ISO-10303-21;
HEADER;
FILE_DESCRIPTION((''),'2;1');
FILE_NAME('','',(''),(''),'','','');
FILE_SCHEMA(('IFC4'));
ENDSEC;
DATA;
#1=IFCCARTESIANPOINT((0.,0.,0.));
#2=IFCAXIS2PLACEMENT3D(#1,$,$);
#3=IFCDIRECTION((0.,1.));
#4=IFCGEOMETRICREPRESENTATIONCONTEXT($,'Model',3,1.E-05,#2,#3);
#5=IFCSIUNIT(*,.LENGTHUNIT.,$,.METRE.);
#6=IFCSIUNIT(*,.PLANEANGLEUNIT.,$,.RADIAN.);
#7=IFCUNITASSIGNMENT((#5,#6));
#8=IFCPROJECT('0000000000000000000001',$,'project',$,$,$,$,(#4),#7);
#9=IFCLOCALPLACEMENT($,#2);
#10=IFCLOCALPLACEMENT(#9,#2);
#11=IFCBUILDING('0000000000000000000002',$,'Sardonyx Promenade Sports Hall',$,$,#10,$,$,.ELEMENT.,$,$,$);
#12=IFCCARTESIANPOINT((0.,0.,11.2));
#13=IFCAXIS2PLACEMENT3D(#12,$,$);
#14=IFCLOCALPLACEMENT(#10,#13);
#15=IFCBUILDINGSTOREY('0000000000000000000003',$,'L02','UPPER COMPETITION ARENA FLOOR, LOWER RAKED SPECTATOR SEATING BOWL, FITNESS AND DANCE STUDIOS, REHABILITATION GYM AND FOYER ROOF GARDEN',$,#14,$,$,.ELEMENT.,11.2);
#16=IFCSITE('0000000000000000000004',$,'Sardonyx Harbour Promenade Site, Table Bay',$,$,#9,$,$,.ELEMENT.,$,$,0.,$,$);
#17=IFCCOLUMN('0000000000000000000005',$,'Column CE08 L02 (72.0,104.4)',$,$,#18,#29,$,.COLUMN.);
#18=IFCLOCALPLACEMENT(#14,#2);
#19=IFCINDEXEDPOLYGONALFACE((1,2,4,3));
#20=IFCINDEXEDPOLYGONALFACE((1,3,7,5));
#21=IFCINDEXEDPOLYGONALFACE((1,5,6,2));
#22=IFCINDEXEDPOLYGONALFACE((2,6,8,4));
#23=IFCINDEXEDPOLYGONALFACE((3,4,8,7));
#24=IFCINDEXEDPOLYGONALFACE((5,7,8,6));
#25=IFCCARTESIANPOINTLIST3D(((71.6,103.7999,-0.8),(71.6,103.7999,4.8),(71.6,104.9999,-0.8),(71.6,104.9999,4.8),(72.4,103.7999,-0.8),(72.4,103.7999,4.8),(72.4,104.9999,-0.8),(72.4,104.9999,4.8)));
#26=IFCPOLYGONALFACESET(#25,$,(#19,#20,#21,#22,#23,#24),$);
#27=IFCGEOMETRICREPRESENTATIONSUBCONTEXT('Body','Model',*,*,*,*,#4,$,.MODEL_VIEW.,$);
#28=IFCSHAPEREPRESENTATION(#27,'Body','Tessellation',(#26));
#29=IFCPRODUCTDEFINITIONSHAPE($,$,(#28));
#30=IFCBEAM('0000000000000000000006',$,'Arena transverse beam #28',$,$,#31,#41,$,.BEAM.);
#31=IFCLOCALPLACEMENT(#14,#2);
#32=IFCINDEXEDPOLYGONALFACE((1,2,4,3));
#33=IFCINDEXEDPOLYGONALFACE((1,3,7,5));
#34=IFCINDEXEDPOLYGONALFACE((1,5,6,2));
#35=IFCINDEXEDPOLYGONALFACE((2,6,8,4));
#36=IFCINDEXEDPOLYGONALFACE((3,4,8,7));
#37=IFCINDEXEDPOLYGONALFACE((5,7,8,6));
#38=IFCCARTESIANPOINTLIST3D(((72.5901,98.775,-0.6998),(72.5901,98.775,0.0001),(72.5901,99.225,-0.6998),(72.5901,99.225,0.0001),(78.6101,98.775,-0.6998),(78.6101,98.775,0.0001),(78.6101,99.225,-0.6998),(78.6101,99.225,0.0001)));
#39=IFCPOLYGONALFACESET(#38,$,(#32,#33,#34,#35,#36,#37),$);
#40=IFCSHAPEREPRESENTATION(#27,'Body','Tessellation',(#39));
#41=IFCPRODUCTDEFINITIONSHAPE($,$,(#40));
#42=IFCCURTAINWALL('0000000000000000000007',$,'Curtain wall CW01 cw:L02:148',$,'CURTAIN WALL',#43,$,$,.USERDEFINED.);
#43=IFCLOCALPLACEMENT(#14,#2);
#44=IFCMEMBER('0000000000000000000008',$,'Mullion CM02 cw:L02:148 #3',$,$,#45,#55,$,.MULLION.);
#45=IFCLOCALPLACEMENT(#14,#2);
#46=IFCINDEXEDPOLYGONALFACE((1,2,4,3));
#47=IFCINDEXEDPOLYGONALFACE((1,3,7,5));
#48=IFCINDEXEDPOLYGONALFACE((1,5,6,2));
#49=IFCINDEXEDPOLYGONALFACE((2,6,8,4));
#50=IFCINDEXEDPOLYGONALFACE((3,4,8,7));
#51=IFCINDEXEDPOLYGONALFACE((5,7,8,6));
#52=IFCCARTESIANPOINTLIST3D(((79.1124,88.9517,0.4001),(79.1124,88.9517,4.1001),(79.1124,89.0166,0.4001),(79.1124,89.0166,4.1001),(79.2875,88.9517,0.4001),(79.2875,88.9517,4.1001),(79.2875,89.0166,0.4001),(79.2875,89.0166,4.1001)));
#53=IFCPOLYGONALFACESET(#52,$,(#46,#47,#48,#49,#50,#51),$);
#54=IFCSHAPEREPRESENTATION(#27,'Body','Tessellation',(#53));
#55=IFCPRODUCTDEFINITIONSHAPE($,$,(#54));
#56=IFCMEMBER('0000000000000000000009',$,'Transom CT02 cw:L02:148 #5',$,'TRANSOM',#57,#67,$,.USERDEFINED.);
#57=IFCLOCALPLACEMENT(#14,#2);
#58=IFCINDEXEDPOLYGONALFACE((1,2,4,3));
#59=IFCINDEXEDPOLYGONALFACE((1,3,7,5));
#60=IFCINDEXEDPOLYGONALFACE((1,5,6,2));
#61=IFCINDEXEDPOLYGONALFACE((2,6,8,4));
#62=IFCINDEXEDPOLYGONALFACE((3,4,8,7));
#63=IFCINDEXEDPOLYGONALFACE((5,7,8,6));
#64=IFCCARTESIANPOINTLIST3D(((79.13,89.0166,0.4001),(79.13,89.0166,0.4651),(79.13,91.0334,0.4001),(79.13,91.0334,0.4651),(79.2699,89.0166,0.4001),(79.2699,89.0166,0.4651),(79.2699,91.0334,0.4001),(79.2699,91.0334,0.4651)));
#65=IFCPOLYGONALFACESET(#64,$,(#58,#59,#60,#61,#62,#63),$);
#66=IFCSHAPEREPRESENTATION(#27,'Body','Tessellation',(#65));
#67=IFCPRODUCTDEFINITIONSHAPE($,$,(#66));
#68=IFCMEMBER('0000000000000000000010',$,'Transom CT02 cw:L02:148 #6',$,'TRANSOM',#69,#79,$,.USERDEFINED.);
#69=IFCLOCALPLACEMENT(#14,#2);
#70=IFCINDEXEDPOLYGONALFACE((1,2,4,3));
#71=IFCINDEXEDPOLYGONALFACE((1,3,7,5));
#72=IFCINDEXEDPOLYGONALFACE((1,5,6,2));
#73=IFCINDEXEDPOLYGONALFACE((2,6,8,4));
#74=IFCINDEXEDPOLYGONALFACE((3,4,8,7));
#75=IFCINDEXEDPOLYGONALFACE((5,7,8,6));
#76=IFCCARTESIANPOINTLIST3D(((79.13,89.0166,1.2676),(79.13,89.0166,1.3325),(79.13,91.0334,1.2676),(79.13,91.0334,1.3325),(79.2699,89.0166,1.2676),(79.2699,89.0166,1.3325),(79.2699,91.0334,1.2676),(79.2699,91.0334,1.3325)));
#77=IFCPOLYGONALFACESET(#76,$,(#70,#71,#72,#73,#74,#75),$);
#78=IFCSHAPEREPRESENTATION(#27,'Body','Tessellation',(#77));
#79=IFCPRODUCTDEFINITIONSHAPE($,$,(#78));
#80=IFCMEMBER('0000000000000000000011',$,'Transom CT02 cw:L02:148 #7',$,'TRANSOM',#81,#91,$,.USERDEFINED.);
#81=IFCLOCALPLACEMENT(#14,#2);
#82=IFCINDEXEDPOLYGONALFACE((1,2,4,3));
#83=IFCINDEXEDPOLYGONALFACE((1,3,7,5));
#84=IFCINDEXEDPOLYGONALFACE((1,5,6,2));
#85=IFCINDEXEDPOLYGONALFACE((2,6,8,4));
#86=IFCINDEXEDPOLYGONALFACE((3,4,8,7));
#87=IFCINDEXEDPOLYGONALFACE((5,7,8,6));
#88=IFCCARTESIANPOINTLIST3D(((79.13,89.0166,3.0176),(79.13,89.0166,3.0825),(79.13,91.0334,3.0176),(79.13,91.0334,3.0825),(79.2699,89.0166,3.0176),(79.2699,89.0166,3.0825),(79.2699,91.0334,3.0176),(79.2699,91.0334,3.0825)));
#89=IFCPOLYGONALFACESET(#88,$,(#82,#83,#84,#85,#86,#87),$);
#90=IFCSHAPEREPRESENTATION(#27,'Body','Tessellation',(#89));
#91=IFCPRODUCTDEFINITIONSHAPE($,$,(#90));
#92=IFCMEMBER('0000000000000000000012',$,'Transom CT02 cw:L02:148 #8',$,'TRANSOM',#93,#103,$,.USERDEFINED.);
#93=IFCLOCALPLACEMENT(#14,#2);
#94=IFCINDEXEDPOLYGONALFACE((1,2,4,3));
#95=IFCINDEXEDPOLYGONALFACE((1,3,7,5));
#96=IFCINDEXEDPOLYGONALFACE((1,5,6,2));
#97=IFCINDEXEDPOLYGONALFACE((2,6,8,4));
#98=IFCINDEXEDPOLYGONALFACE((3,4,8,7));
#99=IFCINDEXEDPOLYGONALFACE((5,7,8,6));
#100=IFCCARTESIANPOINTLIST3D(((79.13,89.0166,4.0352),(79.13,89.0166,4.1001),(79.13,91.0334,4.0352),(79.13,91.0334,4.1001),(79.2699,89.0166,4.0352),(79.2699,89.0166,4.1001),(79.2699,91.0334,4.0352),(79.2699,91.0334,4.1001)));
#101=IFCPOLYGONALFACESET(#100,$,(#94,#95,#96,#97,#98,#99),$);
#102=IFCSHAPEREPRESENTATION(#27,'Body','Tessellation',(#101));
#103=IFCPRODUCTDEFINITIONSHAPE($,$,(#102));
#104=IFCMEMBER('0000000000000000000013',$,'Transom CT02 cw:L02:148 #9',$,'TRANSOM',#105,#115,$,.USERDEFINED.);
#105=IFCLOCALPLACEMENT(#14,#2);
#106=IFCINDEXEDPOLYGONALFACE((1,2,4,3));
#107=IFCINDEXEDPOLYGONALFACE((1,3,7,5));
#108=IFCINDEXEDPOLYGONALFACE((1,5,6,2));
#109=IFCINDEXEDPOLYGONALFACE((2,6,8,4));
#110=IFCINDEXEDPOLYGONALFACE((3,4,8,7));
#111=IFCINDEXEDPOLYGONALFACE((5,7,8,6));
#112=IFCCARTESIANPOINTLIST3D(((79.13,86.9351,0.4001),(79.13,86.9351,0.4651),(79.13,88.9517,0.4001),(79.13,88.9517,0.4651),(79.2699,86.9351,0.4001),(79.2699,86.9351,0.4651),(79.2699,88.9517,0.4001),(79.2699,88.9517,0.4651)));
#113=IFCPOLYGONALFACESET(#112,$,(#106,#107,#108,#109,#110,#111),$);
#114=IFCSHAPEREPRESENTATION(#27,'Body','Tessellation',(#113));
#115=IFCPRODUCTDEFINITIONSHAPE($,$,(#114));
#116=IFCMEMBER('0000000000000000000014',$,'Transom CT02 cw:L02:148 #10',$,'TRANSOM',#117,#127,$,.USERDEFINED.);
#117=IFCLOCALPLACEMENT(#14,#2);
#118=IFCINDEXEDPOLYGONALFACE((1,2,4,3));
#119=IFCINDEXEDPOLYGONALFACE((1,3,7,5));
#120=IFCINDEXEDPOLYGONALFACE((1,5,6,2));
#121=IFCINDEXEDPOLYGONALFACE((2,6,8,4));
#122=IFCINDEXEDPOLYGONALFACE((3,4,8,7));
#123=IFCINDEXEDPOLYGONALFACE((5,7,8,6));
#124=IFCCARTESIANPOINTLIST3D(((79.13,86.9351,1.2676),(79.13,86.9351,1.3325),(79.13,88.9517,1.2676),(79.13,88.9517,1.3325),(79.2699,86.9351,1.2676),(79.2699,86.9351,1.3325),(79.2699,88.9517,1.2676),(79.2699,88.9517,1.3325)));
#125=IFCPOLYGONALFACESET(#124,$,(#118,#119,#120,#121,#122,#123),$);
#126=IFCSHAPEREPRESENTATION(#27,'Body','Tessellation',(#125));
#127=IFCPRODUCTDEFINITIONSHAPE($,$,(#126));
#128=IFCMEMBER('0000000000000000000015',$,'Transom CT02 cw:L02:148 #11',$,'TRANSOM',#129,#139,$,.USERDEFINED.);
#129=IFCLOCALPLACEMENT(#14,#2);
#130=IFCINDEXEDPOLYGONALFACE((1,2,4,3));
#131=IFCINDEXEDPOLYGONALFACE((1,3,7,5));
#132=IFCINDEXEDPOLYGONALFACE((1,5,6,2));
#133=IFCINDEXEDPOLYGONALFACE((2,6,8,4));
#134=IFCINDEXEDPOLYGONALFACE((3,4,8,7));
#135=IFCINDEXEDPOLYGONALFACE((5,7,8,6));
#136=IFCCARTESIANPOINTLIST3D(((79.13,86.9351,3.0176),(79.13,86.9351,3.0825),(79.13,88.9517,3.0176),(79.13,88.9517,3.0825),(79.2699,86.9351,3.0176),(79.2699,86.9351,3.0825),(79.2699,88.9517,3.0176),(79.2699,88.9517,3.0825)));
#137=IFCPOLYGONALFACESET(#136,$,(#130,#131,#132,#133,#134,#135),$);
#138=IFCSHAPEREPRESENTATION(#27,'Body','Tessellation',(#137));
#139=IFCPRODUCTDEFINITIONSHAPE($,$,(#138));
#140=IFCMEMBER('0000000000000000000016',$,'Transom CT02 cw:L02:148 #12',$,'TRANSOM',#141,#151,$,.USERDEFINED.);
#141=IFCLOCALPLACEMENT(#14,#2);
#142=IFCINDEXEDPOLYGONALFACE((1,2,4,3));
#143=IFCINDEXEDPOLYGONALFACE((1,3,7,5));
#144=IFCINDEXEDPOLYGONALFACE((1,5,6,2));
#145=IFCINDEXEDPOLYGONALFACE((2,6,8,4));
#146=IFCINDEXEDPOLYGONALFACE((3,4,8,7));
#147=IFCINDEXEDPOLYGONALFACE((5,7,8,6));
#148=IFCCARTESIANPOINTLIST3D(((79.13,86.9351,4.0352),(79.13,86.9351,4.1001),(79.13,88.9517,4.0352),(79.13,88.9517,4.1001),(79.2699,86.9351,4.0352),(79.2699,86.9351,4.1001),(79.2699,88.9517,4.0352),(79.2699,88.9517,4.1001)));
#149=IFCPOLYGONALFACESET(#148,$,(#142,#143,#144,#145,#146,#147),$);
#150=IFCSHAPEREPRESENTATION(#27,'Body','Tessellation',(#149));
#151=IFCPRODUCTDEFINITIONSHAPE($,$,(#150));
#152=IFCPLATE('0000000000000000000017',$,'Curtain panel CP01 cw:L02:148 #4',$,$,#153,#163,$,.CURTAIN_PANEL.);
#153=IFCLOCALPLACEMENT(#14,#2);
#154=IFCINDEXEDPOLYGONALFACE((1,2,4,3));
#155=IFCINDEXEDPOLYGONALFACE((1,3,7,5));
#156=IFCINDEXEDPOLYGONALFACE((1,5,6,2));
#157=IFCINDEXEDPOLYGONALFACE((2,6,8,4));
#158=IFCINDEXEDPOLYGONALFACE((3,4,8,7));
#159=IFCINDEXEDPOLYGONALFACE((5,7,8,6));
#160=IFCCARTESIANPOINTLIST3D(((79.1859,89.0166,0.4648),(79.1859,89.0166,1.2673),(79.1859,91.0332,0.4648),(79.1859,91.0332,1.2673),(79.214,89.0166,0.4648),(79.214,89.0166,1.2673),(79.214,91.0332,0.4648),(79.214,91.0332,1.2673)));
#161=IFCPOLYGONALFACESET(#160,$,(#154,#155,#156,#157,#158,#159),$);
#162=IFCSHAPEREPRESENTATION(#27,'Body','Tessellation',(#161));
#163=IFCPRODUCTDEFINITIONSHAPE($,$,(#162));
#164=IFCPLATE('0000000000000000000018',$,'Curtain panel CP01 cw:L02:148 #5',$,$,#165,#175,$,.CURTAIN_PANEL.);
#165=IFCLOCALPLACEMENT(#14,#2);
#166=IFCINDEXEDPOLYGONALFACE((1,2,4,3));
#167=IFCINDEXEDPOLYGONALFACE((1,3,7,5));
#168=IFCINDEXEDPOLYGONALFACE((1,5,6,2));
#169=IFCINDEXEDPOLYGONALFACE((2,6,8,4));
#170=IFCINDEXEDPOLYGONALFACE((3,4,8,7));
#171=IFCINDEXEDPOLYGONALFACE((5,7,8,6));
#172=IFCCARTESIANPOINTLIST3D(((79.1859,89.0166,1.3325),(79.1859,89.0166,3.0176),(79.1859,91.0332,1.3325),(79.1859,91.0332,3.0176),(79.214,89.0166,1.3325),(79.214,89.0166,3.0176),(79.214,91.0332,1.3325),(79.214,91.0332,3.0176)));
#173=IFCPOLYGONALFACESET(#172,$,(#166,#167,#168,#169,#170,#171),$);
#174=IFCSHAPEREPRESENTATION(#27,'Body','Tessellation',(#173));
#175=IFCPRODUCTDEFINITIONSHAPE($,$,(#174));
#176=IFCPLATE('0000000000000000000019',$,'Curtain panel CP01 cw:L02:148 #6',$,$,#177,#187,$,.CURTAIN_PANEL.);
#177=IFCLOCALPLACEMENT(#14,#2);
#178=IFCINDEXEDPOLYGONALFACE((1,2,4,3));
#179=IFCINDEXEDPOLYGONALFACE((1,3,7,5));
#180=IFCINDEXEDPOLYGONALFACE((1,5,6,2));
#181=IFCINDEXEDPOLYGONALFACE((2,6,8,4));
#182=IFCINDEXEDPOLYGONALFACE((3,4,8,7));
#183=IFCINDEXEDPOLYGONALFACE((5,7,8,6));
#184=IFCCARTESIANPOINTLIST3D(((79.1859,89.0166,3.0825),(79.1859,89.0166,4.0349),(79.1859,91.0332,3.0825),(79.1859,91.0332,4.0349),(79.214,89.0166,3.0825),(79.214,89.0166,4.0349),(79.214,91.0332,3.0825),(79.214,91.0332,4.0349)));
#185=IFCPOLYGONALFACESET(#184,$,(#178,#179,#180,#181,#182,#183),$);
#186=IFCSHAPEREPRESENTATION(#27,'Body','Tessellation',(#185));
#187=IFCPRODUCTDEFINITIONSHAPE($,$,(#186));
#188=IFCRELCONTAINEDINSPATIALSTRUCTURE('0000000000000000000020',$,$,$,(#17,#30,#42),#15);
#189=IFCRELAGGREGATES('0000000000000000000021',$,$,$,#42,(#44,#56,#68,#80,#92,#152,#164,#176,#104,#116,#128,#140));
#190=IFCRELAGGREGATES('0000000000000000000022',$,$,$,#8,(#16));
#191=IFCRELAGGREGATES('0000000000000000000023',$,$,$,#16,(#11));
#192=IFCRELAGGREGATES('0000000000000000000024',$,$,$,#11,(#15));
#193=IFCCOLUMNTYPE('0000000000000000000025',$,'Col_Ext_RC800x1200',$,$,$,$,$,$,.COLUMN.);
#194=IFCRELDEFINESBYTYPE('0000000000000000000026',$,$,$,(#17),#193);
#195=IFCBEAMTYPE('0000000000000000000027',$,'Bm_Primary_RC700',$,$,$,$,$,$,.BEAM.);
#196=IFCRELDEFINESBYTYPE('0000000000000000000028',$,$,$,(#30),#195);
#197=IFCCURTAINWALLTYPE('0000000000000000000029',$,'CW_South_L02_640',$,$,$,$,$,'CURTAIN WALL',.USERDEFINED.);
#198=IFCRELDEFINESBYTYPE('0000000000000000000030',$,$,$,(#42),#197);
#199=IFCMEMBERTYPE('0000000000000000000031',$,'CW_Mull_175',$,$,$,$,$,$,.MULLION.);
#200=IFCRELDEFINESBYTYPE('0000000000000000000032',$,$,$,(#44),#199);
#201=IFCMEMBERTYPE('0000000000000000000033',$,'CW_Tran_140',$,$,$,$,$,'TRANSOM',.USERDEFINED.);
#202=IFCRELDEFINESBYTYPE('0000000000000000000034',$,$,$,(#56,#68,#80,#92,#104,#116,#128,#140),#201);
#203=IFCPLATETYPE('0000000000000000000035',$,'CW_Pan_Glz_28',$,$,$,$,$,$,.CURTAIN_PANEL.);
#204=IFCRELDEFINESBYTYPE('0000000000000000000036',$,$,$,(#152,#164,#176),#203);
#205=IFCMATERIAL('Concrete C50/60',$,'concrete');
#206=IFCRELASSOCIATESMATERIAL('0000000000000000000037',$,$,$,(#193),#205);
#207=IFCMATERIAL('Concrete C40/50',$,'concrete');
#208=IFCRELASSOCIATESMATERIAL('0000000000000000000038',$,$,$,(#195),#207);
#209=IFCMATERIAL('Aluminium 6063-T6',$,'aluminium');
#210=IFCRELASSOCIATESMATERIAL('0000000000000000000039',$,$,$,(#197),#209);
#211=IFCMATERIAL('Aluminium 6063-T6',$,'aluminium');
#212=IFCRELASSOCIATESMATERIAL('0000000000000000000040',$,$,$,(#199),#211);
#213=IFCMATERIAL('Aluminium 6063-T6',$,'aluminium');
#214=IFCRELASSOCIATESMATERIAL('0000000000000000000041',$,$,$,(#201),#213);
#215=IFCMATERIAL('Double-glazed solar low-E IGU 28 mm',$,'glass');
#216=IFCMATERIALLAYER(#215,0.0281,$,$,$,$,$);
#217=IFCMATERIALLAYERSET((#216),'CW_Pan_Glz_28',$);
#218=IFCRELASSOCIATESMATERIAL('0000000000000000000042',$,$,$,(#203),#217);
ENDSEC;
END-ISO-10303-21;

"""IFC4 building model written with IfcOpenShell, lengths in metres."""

from ifc_helpers import new_model, si_unit, direction, frame, origin, origin_2d, place, context, subcontext, project, spatial, rectangle, extrude, material, layer, layer_set, material_profile, profile_set, type_object, element, aggregate, save


model = new_model("IFC4")

# Units and contexts
model_context = context("Model", 3, precision=1e-05, world=origin(), true_north=direction((0.0, 1.0)))
body_context = subcontext(model_context, "Body", "Model", "MODEL_VIEW")
ifc_project = project(units=[si_unit("LENGTHUNIT", "METRE"), si_unit("PLANEANGLEUNIT", "RADIAN")], contexts=[model_context])

# Site, building, storey
site_placement = place(None, origin())
site = spatial("IfcSite", under=ifc_project, at=site_placement, Name="Sardonyx Harbour Promenade Site, Table Bay", CompositionType="ELEMENT", RefElevation=0.0)
building_placement = place(site_placement, origin())
building = spatial("IfcBuilding", under=site, at=building_placement, Name="Sardonyx Promenade Sports Hall", CompositionType="ELEMENT")
storey_placement = place(building_placement, frame((0.0, 0.0, 11.2)))
storey = spatial("IfcBuildingStorey", under=building, at=storey_placement, Name="L02", Description="UPPER COMPETITION ARENA FLOOR, LOWER RAKED SPECTATOR SEATING BOWL, FITNESS AND DANCE STUDIOS, REHABILITATION GYM AND FOYER ROOF GARDEN", CompositionType="ELEMENT", Elevation=11.2)

# Column
ifc_material_1 = material(Name="Concrete C50/60", Category="concrete")
ifc_material_profile_1 = material_profile(ifc_material_1, rectangle(XDim=0.8, YDim=1.2, at=origin_2d()))
ifc_profile_set_1 = profile_set([ifc_material_profile_1], Name="Concrete C50/60")
column_type = type_object("IfcColumnType", Name="Col_Ext_RC800x1200", PredefinedType="COLUMN", material=ifc_profile_set_1)
column_placement = place(storey_placement, frame((72.0, 104.3999, -0.8), z_axis=(0.0, 0.0, 1.0), x_axis=(1.0, 0.0, 0.0)))
element("IfcColumn", 1, at=column_placement, inside=storey, type_object=column_type, Name="Column CE08 L02 (72.0,104.4)", PredefinedType="COLUMN", context=body_context, shape_type="SweptSolid", body=[
    extrude(rectangle(XDim=0.8, YDim=1.2, at=origin_2d()), origin(), (0.0, 0.0, 1.0), 5.6001),
])

# Beam
ifc_material_2 = material(Name="Concrete C40/50", Category="concrete")
ifc_material_profile_2 = material_profile(ifc_material_2, rectangle(XDim=0.45, YDim=0.7, at=origin_2d()))
ifc_profile_set_2 = profile_set([ifc_material_profile_2], Name="Concrete C40/50")
beam_type = type_object("IfcBeamType", Name="Bm_Primary_RC700", PredefinedType="BEAM", material=ifc_profile_set_2)
beam_placement = place(storey_placement, frame((72.5901, 99.0, -0.3499), z_axis=(1.0, 0.0, 0.0), x_axis=(0.0, 1.0, 0.0)))
element("IfcBeam", 2, at=beam_placement, inside=storey, type_object=beam_type, Name="Arena transverse beam #28", PredefinedType="BEAM", context=body_context, shape_type="SweptSolid", body=[
    extrude(rectangle(XDim=0.45, YDim=0.7, at=origin_2d()), origin(), (0.0, 0.0, 1.0), 6.02),
])

# Curtain wall, members, plates
ifc_material_3 = material(Name="Aluminium 6063-T6", Category="aluminium")
curtain_wall_type = type_object("IfcCurtainWallType", Name="CW_South_L02_640", ElementType="CURTAIN WALL", PredefinedType="USERDEFINED", material=ifc_material_3)
curtain_wall_placement = place(storey_placement, origin())
curtain_wall = element("IfcCurtainWall", 3, at=curtain_wall_placement, inside=storey, type_object=curtain_wall_type, Name="Curtain wall CW01 cw:L02:148", ObjectType="CURTAIN WALL", PredefinedType="USERDEFINED")
ifc_material_4 = material(Name="Aluminium 6063-T6", Category="aluminium")
ifc_material_profile_3 = material_profile(ifc_material_4, rectangle(XDim=0.0649, YDim=0.175, at=origin_2d()))
ifc_profile_set_3 = profile_set([ifc_material_profile_3], Name="Aluminium 6063-T6")
member_type_1 = type_object("IfcMemberType", Name="CW_Mull_175", PredefinedType="MULLION", material=ifc_profile_set_3)
member_1_placement = place(storey_placement, frame((79.2, 88.9841, 0.4001), z_axis=(0.0, 0.0, 1.0), x_axis=(0.0, -1.0, 0.0)))
member_1 = element("IfcMember", 4, at=member_1_placement, type_object=member_type_1, Name="Mullion CM02 cw:L02:148 #3", PredefinedType="MULLION", context=body_context, shape_type="SweptSolid", body=[
    extrude(rectangle(XDim=0.0649, YDim=0.175, at=origin_2d()), origin(), (0.0, 0.0, 1.0), 3.7),
])
ifc_material_5 = material(Name="Aluminium 6063-T6", Category="aluminium")
ifc_material_profile_4 = material_profile(ifc_material_5, rectangle(XDim=0.0649, YDim=0.1399, at=origin_2d()))
ifc_profile_set_4 = profile_set([ifc_material_profile_4], Name="Aluminium 6063-T6")
member_type_2 = type_object("IfcMemberType", Name="CW_Tran_140", ElementType="TRANSOM", PredefinedType="USERDEFINED", material=ifc_profile_set_4)
member_2_placement = place(storey_placement, frame((79.2, 91.0334, 0.4326), z_axis=(0.0, -1.0, 0.0), x_axis=(0.0, 0.0, 1.0)))
member_2 = element("IfcMember", 5, at=member_2_placement, type_object=member_type_2, Name="Transom CT02 cw:L02:148 #5", ObjectType="TRANSOM", PredefinedType="USERDEFINED", context=body_context, shape_type="SweptSolid", body=[
    extrude(rectangle(XDim=0.0649, YDim=0.1399, at=origin_2d()), origin(), (0.0, 0.0, 1.0), 2.0168),
])
member_3_placement = place(storey_placement, frame((79.2, 91.0334, 1.3), z_axis=(0.0, -1.0, 0.0), x_axis=(0.0, 0.0, 1.0)))
member_3 = element("IfcMember", 6, at=member_3_placement, type_object=member_type_2, Name="Transom CT02 cw:L02:148 #6", ObjectType="TRANSOM", PredefinedType="USERDEFINED", context=body_context, shape_type="SweptSolid", body=[
    extrude(rectangle(XDim=0.0649, YDim=0.1399, at=origin_2d()), origin(), (0.0, 0.0, 1.0), 2.0168),
])
member_4_placement = place(storey_placement, frame((79.2, 91.0334, 3.05), z_axis=(0.0, -1.0, 0.0), x_axis=(0.0, 0.0, 1.0)))
member_4 = element("IfcMember", 7, at=member_4_placement, type_object=member_type_2, Name="Transom CT02 cw:L02:148 #7", ObjectType="TRANSOM", PredefinedType="USERDEFINED", context=body_context, shape_type="SweptSolid", body=[
    extrude(rectangle(XDim=0.0649, YDim=0.1399, at=origin_2d()), origin(), (0.0, 0.0, 1.0), 2.0168),
])
member_5_placement = place(storey_placement, frame((79.2, 91.0334, 4.0676), z_axis=(0.0, -1.0, 0.0), x_axis=(0.0, 0.0, 1.0)))
member_5 = element("IfcMember", 8, at=member_5_placement, type_object=member_type_2, Name="Transom CT02 cw:L02:148 #8", ObjectType="TRANSOM", PredefinedType="USERDEFINED", context=body_context, shape_type="SweptSolid", body=[
    extrude(rectangle(XDim=0.0649, YDim=0.1399, at=origin_2d()), origin(), (0.0, 0.0, 1.0), 2.0168),
])
member_6_placement = place(storey_placement, frame((79.2, 88.9517, 0.4326), z_axis=(0.0, -1.0, 0.0), x_axis=(0.0, 0.0, 1.0)))
member_6 = element("IfcMember", 9, at=member_6_placement, type_object=member_type_2, Name="Transom CT02 cw:L02:148 #9", ObjectType="TRANSOM", PredefinedType="USERDEFINED", context=body_context, shape_type="SweptSolid", body=[
    extrude(rectangle(XDim=0.0649, YDim=0.1399, at=origin_2d()), origin(), (0.0, 0.0, 1.0), 2.0166),
])
member_7_placement = place(storey_placement, frame((79.2, 88.9517, 1.3), z_axis=(0.0, -1.0, 0.0), x_axis=(0.0, 0.0, 1.0)))
member_7 = element("IfcMember", 10, at=member_7_placement, type_object=member_type_2, Name="Transom CT02 cw:L02:148 #10", ObjectType="TRANSOM", PredefinedType="USERDEFINED", context=body_context, shape_type="SweptSolid", body=[
    extrude(rectangle(XDim=0.0649, YDim=0.1399, at=origin_2d()), origin(), (0.0, 0.0, 1.0), 2.0166),
])
member_8_placement = place(storey_placement, frame((79.2, 88.9517, 3.05), z_axis=(0.0, -1.0, 0.0), x_axis=(0.0, 0.0, 1.0)))
member_8 = element("IfcMember", 11, at=member_8_placement, type_object=member_type_2, Name="Transom CT02 cw:L02:148 #11", ObjectType="TRANSOM", PredefinedType="USERDEFINED", context=body_context, shape_type="SweptSolid", body=[
    extrude(rectangle(XDim=0.0649, YDim=0.1399, at=origin_2d()), origin(), (0.0, 0.0, 1.0), 2.0166),
])
member_9_placement = place(storey_placement, frame((79.2, 88.9517, 4.0676), z_axis=(0.0, -1.0, 0.0), x_axis=(0.0, 0.0, 1.0)))
member_9 = element("IfcMember", 12, at=member_9_placement, type_object=member_type_2, Name="Transom CT02 cw:L02:148 #12", ObjectType="TRANSOM", PredefinedType="USERDEFINED", context=body_context, shape_type="SweptSolid", body=[
    extrude(rectangle(XDim=0.0649, YDim=0.1399, at=origin_2d()), origin(), (0.0, 0.0, 1.0), 2.0166),
])
ifc_material_6 = material(Name="Double-glazed solar low-E IGU 28 mm", Category="glass")
ifc_layer_1 = layer(ifc_material_6, 0.0281)
ifc_layer_set_1 = layer_set([ifc_layer_1], Name="CW_Pan_Glz_28")
plate_type_1 = type_object("IfcPlateType", Name="CW_Pan_Glz_28", PredefinedType="CURTAIN_PANEL", material=ifc_layer_set_1)
plate_1_placement = place(storey_placement, frame((79.2, 90.0249, 0.4648), z_axis=(0.0, 0.0, 1.0), x_axis=(0.0, -1.0, 0.0)))
plate_1 = element("IfcPlate", 13, at=plate_1_placement, type_object=plate_type_1, Name="Curtain panel CP01 cw:L02:148 #4", PredefinedType="CURTAIN_PANEL", context=body_context, shape_type="SweptSolid", body=[
    extrude(rectangle(XDim=2.0166, YDim=0.0281, at=origin_2d()), origin(), (0.0, 0.0, 1.0), 0.8025),
])
plate_2_placement = place(storey_placement, frame((79.2, 90.0249, 1.3325), z_axis=(0.0, 0.0, 1.0), x_axis=(0.0, -1.0, 0.0)))
plate_2 = element("IfcPlate", 14, at=plate_2_placement, type_object=plate_type_1, Name="Curtain panel CP01 cw:L02:148 #5", PredefinedType="CURTAIN_PANEL", context=body_context, shape_type="SweptSolid", body=[
    extrude(rectangle(XDim=2.0166, YDim=0.0281, at=origin_2d()), origin(), (0.0, 0.0, 1.0), 1.6851),
])
plate_3_placement = place(storey_placement, frame((79.2, 90.0249, 3.0825), z_axis=(0.0, 0.0, 1.0), x_axis=(0.0, -1.0, 0.0)))
plate_3 = element("IfcPlate", 15, at=plate_3_placement, type_object=plate_type_1, Name="Curtain panel CP01 cw:L02:148 #6", PredefinedType="CURTAIN_PANEL", context=body_context, shape_type="SweptSolid", body=[
    extrude(rectangle(XDim=2.0166, YDim=0.0281, at=origin_2d()), origin(), (0.0, 0.0, 1.0), 0.9524),
])
aggregate(curtain_wall, [member_1, member_2, member_3, member_4, member_5, plate_1, plate_2, plate_3, member_6, member_7, member_8, member_9])

save(model, "model.ifc")
